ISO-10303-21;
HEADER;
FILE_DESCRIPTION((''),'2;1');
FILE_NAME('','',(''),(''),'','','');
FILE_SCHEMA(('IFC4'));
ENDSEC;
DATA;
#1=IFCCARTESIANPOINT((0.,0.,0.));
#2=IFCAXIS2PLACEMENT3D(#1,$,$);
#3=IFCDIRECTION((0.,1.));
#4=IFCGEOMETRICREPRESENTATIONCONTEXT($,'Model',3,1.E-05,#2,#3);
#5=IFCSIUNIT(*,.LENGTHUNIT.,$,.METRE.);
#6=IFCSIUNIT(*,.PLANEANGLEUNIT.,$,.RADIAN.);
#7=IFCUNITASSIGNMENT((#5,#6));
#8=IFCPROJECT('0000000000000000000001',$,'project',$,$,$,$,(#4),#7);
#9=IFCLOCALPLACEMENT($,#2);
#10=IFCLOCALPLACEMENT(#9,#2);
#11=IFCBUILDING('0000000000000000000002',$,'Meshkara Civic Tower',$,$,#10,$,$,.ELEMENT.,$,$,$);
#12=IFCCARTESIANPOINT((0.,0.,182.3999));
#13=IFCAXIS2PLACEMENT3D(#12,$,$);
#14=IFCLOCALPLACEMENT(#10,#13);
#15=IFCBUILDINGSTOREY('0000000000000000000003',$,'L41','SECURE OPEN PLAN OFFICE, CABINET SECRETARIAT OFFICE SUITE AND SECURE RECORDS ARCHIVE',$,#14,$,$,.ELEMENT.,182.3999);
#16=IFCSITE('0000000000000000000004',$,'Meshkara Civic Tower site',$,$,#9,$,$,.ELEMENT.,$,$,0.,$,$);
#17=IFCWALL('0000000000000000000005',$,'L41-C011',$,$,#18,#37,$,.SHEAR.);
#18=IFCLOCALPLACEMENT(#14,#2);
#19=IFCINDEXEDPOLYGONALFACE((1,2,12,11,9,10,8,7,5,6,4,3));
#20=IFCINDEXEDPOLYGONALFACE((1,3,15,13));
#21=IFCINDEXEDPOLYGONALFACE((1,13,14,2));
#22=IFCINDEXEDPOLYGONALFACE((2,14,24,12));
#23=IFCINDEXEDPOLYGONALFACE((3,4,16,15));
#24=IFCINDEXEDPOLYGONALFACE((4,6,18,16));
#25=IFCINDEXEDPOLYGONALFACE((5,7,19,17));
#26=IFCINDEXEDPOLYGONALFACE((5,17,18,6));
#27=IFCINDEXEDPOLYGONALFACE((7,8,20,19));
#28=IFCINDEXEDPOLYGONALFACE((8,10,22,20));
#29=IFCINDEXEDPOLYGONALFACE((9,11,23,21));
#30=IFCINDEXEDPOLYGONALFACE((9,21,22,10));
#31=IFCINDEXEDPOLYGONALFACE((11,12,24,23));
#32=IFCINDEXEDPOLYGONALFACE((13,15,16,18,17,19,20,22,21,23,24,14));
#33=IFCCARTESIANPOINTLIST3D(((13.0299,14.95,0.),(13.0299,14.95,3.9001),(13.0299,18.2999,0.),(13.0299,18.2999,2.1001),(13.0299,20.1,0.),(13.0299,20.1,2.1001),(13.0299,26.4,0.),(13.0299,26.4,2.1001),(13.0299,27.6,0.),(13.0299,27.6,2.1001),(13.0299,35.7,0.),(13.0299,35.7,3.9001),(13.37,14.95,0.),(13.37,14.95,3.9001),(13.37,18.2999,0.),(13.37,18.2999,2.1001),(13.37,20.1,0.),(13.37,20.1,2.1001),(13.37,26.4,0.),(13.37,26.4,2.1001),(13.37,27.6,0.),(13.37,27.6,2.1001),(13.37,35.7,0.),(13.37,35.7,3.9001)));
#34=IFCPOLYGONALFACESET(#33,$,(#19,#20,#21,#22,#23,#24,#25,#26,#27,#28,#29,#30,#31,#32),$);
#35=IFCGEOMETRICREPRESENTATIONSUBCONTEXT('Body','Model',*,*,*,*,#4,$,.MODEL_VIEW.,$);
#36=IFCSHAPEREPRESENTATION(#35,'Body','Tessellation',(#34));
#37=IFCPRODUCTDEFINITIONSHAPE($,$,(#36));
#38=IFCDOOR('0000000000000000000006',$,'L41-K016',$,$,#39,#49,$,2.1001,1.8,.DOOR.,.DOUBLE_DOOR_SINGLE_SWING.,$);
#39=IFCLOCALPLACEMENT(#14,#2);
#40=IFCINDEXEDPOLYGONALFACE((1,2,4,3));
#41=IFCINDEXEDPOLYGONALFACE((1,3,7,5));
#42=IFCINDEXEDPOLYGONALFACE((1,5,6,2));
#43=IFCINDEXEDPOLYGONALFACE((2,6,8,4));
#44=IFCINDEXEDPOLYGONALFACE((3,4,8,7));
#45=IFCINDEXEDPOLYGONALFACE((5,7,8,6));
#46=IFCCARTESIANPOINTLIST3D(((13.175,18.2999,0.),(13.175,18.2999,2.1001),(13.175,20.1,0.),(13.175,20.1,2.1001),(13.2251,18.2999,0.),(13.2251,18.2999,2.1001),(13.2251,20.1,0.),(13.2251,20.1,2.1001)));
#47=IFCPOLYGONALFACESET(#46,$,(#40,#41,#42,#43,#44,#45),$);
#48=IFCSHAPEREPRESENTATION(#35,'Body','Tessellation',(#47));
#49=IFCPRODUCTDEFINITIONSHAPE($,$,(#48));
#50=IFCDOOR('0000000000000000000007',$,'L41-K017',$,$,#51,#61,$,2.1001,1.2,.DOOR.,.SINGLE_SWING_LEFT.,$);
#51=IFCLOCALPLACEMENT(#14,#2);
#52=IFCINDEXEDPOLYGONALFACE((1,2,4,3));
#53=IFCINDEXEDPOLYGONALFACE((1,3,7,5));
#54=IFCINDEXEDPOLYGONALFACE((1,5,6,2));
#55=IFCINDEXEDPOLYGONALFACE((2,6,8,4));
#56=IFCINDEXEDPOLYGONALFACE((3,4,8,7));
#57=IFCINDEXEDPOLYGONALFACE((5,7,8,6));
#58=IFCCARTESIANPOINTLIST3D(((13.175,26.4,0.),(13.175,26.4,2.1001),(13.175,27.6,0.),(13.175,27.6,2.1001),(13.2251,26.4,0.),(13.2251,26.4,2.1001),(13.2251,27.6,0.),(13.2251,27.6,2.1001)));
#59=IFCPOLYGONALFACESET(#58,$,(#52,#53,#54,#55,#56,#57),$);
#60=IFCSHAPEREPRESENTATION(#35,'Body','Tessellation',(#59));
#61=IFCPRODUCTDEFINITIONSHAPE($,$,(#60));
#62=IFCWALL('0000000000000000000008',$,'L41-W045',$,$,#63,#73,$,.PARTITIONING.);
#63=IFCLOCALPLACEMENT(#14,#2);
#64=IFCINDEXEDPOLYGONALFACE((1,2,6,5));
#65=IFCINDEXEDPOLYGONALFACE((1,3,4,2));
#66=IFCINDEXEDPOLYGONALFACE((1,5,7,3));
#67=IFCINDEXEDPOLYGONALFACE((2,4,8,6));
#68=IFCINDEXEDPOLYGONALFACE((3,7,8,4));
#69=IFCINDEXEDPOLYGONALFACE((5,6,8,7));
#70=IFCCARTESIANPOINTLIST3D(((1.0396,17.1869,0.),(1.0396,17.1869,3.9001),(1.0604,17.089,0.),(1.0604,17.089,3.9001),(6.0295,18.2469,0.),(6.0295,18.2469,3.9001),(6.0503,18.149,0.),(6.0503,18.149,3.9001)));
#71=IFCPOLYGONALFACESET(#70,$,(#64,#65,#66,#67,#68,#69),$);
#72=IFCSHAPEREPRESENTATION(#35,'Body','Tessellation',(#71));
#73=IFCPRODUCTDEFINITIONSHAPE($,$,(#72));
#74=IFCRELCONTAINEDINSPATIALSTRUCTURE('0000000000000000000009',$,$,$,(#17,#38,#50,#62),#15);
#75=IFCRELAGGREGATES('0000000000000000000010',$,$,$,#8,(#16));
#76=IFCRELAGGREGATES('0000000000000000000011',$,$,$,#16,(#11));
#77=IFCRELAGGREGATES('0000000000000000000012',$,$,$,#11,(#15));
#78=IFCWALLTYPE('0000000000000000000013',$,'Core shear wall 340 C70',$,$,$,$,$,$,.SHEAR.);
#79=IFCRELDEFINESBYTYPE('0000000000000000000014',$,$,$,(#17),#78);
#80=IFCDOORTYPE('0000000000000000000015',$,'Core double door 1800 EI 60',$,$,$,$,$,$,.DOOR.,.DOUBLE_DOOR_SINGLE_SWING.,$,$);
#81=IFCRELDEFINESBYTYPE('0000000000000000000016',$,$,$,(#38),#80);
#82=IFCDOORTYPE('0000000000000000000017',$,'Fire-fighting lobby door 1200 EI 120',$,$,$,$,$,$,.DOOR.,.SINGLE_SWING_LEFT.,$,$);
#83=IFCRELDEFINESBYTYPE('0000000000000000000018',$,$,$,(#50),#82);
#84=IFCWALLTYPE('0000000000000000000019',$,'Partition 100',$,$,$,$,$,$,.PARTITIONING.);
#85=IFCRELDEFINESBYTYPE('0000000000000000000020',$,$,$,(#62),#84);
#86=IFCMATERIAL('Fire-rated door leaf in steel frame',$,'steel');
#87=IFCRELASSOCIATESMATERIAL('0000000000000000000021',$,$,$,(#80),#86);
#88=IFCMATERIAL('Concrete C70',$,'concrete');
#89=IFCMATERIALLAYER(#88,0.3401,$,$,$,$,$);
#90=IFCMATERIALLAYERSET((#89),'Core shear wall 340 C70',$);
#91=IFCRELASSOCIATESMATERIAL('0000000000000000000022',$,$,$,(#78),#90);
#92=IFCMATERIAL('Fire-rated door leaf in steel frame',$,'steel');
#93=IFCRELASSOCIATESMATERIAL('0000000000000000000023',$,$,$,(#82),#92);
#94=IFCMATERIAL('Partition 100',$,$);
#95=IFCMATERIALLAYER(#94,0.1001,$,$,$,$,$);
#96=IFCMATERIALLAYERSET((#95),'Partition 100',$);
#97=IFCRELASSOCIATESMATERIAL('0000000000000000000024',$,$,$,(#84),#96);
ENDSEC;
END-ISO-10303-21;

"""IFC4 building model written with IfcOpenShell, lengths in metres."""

from ifc_helpers import new_model, si_unit, direction, frame, frame_2d, origin, place, context, subcontext, project, spatial, rectangle, extrude, material, layer, layer_set, type_object, element, fill, save


model = new_model("IFC4")

# Units and contexts
model_context = context("Model", 3, precision=1e-05, world=origin(), true_north=direction((0.0, 1.0)))
body_context = subcontext(model_context, "Body", "Model", "MODEL_VIEW")
ifc_project = project(units=[si_unit("LENGTHUNIT", "METRE"), si_unit("PLANEANGLEUNIT", "RADIAN")], contexts=[model_context])

# Site, building, storey
site_placement = place(None, origin())
site = spatial("IfcSite", under=ifc_project, at=site_placement, Name="Meshkara Civic Tower site", CompositionType="ELEMENT", RefElevation=0.0)
building_placement = place(site_placement, origin())
building = spatial("IfcBuilding", under=site, at=building_placement, Name="Meshkara Civic Tower", CompositionType="ELEMENT")
storey_placement = place(building_placement, frame((0.0, 0.0, 182.3999)))
storey = spatial("IfcBuildingStorey", under=building, at=storey_placement, Name="L41", Description="SECURE OPEN PLAN OFFICE, CABINET SECRETARIAT OFFICE SUITE AND SECURE RECORDS ARCHIVE", CompositionType="ELEMENT", Elevation=182.3999)

# Shared definitions
ifc_material_1 = material(Name="Fire-rated door leaf in steel frame", Category="steel")
door_type_1 = type_object("IfcDoorType", Name="Core double door 1800 EI 60", OperationType="DOUBLE_DOOR_SINGLE_SWING", PredefinedType="DOOR", material=ifc_material_1)

# Shared definitions
ifc_material_2 = material(Name="Concrete C70", Category="concrete")
ifc_layer_1 = layer(ifc_material_2, 0.3401)
ifc_layer_set_1 = layer_set([ifc_layer_1], Name="Core shear wall 340 C70")
wall_type_1 = type_object("IfcWallType", Name="Core shear wall 340 C70", PredefinedType="SHEAR", material=ifc_layer_set_1)

# Wall, openings, doors
wall_1_placement = place(storey_placement, frame((13.2, 14.95, 0.0), z_axis=(0.0, 0.0, 1.0), x_axis=(0.0, 1.0, 0.0)))
wall_1 = element("IfcWall", 1, at=wall_1_placement, inside=storey, type_object=wall_type_1, Name="L41-C011", PredefinedType="SHEAR", context=body_context, shape_type="SweptSolid", body=[
    extrude(rectangle(XDim=20.75, YDim=0.3401, at=frame_2d((10.375, 0.0))), origin(), (0.0, 0.0, 1.0), 3.9001),
])
opening_1_placement = place(wall_1_placement, frame((3.3501, 0.0, 0.0)))
opening_1 = element("IfcOpeningElement", 2, at=opening_1_placement, cuts=wall_1, PredefinedType="OPENING", context=body_context, shape_type="SweptSolid", body=[
    extrude(rectangle(XDim=1.8, YDim=2.1001, at=frame_2d((0.8999, 1.05))), frame((0.0, 0.1799, 0.0), z_axis=(0.0, -1.0, 0.0), x_axis=(1.0, 0.0, 0.0)), (0.0, 0.0, 1.0), 0.3601),
])
opening_2_placement = place(wall_1_placement, frame((11.45, 0.0, 0.0)))
opening_2 = element("IfcOpeningElement", 3, at=opening_2_placement, cuts=wall_1, PredefinedType="OPENING", context=body_context, shape_type="SweptSolid", body=[
    extrude(rectangle(XDim=1.2, YDim=2.1001, at=frame_2d((0.6001, 1.05))), frame((0.0, 0.1799, 0.0), z_axis=(0.0, -1.0, 0.0), x_axis=(1.0, 0.0, 0.0)), (0.0, 0.0, 1.0), 0.3601),
])
door_1_placement = place(opening_1_placement, origin())
door_1 = element("IfcDoor", 4, at=door_1_placement, inside=storey, type_object=door_type_1, Name="L41-K016", OperationType="DOUBLE_DOOR_SINGLE_SWING", OverallHeight=2.1001, OverallWidth=1.8, PredefinedType="DOOR", context=body_context, shape_type="SweptSolid", body=[
    extrude(rectangle(XDim=1.8, YDim=2.1001, at=frame_2d((0.8999, 1.05))), frame((0.0, 0.0249, 0.0), z_axis=(0.0, -1.0, 0.0), x_axis=(1.0, 0.0, 0.0)), (0.0, 0.0, 1.0), 0.05),
])
fill(opening_1, door_1)
ifc_material_3 = material(Name="Fire-rated door leaf in steel frame", Category="steel")
door_type_2 = type_object("IfcDoorType", Name="Fire-fighting lobby door 1200 EI 120", OperationType="SINGLE_SWING_LEFT", PredefinedType="DOOR", material=ifc_material_3)
door_2_placement = place(opening_2_placement, origin())
door_2 = element("IfcDoor", 5, at=door_2_placement, inside=storey, type_object=door_type_2, Name="L41-K017", OperationType="SINGLE_SWING_LEFT", OverallHeight=2.1001, OverallWidth=1.2, PredefinedType="DOOR", context=body_context, shape_type="SweptSolid", body=[
    extrude(rectangle(XDim=1.2, YDim=2.1001, at=frame_2d((0.6001, 1.05))), frame((0.0, 0.0249, 0.0), z_axis=(0.0, -1.0, 0.0), x_axis=(1.0, 0.0, 0.0)), (0.0, 0.0, 1.0), 0.05),
])
fill(opening_2, door_2)

# Wall
ifc_material_4 = material(Name="Partition 100")
ifc_layer_2 = layer(ifc_material_4, 0.1001)
ifc_layer_set_2 = layer_set([ifc_layer_2], Name="Partition 100")
wall_type_2 = type_object("IfcWallType", Name="Partition 100", PredefinedType="PARTITIONING", material=ifc_layer_set_2)
wall_2_placement = place(storey_placement, frame((6.04, 18.198, 0.0), z_axis=(0.0, 0.0, 1.0), x_axis=(-0.978171, -0.2078, 0.0)))
element("IfcWall", 6, at=wall_2_placement, inside=storey, type_object=wall_type_2, Name="L41-W045", PredefinedType="PARTITIONING", context=body_context, shape_type="SweptSolid", body=[
    extrude(rectangle(XDim=5.1013, YDim=0.1001, at=frame_2d((2.5508, 0.0))), origin(), (0.0, 0.0, 1.0), 3.9001),
])

save(model, "model.ifc")
